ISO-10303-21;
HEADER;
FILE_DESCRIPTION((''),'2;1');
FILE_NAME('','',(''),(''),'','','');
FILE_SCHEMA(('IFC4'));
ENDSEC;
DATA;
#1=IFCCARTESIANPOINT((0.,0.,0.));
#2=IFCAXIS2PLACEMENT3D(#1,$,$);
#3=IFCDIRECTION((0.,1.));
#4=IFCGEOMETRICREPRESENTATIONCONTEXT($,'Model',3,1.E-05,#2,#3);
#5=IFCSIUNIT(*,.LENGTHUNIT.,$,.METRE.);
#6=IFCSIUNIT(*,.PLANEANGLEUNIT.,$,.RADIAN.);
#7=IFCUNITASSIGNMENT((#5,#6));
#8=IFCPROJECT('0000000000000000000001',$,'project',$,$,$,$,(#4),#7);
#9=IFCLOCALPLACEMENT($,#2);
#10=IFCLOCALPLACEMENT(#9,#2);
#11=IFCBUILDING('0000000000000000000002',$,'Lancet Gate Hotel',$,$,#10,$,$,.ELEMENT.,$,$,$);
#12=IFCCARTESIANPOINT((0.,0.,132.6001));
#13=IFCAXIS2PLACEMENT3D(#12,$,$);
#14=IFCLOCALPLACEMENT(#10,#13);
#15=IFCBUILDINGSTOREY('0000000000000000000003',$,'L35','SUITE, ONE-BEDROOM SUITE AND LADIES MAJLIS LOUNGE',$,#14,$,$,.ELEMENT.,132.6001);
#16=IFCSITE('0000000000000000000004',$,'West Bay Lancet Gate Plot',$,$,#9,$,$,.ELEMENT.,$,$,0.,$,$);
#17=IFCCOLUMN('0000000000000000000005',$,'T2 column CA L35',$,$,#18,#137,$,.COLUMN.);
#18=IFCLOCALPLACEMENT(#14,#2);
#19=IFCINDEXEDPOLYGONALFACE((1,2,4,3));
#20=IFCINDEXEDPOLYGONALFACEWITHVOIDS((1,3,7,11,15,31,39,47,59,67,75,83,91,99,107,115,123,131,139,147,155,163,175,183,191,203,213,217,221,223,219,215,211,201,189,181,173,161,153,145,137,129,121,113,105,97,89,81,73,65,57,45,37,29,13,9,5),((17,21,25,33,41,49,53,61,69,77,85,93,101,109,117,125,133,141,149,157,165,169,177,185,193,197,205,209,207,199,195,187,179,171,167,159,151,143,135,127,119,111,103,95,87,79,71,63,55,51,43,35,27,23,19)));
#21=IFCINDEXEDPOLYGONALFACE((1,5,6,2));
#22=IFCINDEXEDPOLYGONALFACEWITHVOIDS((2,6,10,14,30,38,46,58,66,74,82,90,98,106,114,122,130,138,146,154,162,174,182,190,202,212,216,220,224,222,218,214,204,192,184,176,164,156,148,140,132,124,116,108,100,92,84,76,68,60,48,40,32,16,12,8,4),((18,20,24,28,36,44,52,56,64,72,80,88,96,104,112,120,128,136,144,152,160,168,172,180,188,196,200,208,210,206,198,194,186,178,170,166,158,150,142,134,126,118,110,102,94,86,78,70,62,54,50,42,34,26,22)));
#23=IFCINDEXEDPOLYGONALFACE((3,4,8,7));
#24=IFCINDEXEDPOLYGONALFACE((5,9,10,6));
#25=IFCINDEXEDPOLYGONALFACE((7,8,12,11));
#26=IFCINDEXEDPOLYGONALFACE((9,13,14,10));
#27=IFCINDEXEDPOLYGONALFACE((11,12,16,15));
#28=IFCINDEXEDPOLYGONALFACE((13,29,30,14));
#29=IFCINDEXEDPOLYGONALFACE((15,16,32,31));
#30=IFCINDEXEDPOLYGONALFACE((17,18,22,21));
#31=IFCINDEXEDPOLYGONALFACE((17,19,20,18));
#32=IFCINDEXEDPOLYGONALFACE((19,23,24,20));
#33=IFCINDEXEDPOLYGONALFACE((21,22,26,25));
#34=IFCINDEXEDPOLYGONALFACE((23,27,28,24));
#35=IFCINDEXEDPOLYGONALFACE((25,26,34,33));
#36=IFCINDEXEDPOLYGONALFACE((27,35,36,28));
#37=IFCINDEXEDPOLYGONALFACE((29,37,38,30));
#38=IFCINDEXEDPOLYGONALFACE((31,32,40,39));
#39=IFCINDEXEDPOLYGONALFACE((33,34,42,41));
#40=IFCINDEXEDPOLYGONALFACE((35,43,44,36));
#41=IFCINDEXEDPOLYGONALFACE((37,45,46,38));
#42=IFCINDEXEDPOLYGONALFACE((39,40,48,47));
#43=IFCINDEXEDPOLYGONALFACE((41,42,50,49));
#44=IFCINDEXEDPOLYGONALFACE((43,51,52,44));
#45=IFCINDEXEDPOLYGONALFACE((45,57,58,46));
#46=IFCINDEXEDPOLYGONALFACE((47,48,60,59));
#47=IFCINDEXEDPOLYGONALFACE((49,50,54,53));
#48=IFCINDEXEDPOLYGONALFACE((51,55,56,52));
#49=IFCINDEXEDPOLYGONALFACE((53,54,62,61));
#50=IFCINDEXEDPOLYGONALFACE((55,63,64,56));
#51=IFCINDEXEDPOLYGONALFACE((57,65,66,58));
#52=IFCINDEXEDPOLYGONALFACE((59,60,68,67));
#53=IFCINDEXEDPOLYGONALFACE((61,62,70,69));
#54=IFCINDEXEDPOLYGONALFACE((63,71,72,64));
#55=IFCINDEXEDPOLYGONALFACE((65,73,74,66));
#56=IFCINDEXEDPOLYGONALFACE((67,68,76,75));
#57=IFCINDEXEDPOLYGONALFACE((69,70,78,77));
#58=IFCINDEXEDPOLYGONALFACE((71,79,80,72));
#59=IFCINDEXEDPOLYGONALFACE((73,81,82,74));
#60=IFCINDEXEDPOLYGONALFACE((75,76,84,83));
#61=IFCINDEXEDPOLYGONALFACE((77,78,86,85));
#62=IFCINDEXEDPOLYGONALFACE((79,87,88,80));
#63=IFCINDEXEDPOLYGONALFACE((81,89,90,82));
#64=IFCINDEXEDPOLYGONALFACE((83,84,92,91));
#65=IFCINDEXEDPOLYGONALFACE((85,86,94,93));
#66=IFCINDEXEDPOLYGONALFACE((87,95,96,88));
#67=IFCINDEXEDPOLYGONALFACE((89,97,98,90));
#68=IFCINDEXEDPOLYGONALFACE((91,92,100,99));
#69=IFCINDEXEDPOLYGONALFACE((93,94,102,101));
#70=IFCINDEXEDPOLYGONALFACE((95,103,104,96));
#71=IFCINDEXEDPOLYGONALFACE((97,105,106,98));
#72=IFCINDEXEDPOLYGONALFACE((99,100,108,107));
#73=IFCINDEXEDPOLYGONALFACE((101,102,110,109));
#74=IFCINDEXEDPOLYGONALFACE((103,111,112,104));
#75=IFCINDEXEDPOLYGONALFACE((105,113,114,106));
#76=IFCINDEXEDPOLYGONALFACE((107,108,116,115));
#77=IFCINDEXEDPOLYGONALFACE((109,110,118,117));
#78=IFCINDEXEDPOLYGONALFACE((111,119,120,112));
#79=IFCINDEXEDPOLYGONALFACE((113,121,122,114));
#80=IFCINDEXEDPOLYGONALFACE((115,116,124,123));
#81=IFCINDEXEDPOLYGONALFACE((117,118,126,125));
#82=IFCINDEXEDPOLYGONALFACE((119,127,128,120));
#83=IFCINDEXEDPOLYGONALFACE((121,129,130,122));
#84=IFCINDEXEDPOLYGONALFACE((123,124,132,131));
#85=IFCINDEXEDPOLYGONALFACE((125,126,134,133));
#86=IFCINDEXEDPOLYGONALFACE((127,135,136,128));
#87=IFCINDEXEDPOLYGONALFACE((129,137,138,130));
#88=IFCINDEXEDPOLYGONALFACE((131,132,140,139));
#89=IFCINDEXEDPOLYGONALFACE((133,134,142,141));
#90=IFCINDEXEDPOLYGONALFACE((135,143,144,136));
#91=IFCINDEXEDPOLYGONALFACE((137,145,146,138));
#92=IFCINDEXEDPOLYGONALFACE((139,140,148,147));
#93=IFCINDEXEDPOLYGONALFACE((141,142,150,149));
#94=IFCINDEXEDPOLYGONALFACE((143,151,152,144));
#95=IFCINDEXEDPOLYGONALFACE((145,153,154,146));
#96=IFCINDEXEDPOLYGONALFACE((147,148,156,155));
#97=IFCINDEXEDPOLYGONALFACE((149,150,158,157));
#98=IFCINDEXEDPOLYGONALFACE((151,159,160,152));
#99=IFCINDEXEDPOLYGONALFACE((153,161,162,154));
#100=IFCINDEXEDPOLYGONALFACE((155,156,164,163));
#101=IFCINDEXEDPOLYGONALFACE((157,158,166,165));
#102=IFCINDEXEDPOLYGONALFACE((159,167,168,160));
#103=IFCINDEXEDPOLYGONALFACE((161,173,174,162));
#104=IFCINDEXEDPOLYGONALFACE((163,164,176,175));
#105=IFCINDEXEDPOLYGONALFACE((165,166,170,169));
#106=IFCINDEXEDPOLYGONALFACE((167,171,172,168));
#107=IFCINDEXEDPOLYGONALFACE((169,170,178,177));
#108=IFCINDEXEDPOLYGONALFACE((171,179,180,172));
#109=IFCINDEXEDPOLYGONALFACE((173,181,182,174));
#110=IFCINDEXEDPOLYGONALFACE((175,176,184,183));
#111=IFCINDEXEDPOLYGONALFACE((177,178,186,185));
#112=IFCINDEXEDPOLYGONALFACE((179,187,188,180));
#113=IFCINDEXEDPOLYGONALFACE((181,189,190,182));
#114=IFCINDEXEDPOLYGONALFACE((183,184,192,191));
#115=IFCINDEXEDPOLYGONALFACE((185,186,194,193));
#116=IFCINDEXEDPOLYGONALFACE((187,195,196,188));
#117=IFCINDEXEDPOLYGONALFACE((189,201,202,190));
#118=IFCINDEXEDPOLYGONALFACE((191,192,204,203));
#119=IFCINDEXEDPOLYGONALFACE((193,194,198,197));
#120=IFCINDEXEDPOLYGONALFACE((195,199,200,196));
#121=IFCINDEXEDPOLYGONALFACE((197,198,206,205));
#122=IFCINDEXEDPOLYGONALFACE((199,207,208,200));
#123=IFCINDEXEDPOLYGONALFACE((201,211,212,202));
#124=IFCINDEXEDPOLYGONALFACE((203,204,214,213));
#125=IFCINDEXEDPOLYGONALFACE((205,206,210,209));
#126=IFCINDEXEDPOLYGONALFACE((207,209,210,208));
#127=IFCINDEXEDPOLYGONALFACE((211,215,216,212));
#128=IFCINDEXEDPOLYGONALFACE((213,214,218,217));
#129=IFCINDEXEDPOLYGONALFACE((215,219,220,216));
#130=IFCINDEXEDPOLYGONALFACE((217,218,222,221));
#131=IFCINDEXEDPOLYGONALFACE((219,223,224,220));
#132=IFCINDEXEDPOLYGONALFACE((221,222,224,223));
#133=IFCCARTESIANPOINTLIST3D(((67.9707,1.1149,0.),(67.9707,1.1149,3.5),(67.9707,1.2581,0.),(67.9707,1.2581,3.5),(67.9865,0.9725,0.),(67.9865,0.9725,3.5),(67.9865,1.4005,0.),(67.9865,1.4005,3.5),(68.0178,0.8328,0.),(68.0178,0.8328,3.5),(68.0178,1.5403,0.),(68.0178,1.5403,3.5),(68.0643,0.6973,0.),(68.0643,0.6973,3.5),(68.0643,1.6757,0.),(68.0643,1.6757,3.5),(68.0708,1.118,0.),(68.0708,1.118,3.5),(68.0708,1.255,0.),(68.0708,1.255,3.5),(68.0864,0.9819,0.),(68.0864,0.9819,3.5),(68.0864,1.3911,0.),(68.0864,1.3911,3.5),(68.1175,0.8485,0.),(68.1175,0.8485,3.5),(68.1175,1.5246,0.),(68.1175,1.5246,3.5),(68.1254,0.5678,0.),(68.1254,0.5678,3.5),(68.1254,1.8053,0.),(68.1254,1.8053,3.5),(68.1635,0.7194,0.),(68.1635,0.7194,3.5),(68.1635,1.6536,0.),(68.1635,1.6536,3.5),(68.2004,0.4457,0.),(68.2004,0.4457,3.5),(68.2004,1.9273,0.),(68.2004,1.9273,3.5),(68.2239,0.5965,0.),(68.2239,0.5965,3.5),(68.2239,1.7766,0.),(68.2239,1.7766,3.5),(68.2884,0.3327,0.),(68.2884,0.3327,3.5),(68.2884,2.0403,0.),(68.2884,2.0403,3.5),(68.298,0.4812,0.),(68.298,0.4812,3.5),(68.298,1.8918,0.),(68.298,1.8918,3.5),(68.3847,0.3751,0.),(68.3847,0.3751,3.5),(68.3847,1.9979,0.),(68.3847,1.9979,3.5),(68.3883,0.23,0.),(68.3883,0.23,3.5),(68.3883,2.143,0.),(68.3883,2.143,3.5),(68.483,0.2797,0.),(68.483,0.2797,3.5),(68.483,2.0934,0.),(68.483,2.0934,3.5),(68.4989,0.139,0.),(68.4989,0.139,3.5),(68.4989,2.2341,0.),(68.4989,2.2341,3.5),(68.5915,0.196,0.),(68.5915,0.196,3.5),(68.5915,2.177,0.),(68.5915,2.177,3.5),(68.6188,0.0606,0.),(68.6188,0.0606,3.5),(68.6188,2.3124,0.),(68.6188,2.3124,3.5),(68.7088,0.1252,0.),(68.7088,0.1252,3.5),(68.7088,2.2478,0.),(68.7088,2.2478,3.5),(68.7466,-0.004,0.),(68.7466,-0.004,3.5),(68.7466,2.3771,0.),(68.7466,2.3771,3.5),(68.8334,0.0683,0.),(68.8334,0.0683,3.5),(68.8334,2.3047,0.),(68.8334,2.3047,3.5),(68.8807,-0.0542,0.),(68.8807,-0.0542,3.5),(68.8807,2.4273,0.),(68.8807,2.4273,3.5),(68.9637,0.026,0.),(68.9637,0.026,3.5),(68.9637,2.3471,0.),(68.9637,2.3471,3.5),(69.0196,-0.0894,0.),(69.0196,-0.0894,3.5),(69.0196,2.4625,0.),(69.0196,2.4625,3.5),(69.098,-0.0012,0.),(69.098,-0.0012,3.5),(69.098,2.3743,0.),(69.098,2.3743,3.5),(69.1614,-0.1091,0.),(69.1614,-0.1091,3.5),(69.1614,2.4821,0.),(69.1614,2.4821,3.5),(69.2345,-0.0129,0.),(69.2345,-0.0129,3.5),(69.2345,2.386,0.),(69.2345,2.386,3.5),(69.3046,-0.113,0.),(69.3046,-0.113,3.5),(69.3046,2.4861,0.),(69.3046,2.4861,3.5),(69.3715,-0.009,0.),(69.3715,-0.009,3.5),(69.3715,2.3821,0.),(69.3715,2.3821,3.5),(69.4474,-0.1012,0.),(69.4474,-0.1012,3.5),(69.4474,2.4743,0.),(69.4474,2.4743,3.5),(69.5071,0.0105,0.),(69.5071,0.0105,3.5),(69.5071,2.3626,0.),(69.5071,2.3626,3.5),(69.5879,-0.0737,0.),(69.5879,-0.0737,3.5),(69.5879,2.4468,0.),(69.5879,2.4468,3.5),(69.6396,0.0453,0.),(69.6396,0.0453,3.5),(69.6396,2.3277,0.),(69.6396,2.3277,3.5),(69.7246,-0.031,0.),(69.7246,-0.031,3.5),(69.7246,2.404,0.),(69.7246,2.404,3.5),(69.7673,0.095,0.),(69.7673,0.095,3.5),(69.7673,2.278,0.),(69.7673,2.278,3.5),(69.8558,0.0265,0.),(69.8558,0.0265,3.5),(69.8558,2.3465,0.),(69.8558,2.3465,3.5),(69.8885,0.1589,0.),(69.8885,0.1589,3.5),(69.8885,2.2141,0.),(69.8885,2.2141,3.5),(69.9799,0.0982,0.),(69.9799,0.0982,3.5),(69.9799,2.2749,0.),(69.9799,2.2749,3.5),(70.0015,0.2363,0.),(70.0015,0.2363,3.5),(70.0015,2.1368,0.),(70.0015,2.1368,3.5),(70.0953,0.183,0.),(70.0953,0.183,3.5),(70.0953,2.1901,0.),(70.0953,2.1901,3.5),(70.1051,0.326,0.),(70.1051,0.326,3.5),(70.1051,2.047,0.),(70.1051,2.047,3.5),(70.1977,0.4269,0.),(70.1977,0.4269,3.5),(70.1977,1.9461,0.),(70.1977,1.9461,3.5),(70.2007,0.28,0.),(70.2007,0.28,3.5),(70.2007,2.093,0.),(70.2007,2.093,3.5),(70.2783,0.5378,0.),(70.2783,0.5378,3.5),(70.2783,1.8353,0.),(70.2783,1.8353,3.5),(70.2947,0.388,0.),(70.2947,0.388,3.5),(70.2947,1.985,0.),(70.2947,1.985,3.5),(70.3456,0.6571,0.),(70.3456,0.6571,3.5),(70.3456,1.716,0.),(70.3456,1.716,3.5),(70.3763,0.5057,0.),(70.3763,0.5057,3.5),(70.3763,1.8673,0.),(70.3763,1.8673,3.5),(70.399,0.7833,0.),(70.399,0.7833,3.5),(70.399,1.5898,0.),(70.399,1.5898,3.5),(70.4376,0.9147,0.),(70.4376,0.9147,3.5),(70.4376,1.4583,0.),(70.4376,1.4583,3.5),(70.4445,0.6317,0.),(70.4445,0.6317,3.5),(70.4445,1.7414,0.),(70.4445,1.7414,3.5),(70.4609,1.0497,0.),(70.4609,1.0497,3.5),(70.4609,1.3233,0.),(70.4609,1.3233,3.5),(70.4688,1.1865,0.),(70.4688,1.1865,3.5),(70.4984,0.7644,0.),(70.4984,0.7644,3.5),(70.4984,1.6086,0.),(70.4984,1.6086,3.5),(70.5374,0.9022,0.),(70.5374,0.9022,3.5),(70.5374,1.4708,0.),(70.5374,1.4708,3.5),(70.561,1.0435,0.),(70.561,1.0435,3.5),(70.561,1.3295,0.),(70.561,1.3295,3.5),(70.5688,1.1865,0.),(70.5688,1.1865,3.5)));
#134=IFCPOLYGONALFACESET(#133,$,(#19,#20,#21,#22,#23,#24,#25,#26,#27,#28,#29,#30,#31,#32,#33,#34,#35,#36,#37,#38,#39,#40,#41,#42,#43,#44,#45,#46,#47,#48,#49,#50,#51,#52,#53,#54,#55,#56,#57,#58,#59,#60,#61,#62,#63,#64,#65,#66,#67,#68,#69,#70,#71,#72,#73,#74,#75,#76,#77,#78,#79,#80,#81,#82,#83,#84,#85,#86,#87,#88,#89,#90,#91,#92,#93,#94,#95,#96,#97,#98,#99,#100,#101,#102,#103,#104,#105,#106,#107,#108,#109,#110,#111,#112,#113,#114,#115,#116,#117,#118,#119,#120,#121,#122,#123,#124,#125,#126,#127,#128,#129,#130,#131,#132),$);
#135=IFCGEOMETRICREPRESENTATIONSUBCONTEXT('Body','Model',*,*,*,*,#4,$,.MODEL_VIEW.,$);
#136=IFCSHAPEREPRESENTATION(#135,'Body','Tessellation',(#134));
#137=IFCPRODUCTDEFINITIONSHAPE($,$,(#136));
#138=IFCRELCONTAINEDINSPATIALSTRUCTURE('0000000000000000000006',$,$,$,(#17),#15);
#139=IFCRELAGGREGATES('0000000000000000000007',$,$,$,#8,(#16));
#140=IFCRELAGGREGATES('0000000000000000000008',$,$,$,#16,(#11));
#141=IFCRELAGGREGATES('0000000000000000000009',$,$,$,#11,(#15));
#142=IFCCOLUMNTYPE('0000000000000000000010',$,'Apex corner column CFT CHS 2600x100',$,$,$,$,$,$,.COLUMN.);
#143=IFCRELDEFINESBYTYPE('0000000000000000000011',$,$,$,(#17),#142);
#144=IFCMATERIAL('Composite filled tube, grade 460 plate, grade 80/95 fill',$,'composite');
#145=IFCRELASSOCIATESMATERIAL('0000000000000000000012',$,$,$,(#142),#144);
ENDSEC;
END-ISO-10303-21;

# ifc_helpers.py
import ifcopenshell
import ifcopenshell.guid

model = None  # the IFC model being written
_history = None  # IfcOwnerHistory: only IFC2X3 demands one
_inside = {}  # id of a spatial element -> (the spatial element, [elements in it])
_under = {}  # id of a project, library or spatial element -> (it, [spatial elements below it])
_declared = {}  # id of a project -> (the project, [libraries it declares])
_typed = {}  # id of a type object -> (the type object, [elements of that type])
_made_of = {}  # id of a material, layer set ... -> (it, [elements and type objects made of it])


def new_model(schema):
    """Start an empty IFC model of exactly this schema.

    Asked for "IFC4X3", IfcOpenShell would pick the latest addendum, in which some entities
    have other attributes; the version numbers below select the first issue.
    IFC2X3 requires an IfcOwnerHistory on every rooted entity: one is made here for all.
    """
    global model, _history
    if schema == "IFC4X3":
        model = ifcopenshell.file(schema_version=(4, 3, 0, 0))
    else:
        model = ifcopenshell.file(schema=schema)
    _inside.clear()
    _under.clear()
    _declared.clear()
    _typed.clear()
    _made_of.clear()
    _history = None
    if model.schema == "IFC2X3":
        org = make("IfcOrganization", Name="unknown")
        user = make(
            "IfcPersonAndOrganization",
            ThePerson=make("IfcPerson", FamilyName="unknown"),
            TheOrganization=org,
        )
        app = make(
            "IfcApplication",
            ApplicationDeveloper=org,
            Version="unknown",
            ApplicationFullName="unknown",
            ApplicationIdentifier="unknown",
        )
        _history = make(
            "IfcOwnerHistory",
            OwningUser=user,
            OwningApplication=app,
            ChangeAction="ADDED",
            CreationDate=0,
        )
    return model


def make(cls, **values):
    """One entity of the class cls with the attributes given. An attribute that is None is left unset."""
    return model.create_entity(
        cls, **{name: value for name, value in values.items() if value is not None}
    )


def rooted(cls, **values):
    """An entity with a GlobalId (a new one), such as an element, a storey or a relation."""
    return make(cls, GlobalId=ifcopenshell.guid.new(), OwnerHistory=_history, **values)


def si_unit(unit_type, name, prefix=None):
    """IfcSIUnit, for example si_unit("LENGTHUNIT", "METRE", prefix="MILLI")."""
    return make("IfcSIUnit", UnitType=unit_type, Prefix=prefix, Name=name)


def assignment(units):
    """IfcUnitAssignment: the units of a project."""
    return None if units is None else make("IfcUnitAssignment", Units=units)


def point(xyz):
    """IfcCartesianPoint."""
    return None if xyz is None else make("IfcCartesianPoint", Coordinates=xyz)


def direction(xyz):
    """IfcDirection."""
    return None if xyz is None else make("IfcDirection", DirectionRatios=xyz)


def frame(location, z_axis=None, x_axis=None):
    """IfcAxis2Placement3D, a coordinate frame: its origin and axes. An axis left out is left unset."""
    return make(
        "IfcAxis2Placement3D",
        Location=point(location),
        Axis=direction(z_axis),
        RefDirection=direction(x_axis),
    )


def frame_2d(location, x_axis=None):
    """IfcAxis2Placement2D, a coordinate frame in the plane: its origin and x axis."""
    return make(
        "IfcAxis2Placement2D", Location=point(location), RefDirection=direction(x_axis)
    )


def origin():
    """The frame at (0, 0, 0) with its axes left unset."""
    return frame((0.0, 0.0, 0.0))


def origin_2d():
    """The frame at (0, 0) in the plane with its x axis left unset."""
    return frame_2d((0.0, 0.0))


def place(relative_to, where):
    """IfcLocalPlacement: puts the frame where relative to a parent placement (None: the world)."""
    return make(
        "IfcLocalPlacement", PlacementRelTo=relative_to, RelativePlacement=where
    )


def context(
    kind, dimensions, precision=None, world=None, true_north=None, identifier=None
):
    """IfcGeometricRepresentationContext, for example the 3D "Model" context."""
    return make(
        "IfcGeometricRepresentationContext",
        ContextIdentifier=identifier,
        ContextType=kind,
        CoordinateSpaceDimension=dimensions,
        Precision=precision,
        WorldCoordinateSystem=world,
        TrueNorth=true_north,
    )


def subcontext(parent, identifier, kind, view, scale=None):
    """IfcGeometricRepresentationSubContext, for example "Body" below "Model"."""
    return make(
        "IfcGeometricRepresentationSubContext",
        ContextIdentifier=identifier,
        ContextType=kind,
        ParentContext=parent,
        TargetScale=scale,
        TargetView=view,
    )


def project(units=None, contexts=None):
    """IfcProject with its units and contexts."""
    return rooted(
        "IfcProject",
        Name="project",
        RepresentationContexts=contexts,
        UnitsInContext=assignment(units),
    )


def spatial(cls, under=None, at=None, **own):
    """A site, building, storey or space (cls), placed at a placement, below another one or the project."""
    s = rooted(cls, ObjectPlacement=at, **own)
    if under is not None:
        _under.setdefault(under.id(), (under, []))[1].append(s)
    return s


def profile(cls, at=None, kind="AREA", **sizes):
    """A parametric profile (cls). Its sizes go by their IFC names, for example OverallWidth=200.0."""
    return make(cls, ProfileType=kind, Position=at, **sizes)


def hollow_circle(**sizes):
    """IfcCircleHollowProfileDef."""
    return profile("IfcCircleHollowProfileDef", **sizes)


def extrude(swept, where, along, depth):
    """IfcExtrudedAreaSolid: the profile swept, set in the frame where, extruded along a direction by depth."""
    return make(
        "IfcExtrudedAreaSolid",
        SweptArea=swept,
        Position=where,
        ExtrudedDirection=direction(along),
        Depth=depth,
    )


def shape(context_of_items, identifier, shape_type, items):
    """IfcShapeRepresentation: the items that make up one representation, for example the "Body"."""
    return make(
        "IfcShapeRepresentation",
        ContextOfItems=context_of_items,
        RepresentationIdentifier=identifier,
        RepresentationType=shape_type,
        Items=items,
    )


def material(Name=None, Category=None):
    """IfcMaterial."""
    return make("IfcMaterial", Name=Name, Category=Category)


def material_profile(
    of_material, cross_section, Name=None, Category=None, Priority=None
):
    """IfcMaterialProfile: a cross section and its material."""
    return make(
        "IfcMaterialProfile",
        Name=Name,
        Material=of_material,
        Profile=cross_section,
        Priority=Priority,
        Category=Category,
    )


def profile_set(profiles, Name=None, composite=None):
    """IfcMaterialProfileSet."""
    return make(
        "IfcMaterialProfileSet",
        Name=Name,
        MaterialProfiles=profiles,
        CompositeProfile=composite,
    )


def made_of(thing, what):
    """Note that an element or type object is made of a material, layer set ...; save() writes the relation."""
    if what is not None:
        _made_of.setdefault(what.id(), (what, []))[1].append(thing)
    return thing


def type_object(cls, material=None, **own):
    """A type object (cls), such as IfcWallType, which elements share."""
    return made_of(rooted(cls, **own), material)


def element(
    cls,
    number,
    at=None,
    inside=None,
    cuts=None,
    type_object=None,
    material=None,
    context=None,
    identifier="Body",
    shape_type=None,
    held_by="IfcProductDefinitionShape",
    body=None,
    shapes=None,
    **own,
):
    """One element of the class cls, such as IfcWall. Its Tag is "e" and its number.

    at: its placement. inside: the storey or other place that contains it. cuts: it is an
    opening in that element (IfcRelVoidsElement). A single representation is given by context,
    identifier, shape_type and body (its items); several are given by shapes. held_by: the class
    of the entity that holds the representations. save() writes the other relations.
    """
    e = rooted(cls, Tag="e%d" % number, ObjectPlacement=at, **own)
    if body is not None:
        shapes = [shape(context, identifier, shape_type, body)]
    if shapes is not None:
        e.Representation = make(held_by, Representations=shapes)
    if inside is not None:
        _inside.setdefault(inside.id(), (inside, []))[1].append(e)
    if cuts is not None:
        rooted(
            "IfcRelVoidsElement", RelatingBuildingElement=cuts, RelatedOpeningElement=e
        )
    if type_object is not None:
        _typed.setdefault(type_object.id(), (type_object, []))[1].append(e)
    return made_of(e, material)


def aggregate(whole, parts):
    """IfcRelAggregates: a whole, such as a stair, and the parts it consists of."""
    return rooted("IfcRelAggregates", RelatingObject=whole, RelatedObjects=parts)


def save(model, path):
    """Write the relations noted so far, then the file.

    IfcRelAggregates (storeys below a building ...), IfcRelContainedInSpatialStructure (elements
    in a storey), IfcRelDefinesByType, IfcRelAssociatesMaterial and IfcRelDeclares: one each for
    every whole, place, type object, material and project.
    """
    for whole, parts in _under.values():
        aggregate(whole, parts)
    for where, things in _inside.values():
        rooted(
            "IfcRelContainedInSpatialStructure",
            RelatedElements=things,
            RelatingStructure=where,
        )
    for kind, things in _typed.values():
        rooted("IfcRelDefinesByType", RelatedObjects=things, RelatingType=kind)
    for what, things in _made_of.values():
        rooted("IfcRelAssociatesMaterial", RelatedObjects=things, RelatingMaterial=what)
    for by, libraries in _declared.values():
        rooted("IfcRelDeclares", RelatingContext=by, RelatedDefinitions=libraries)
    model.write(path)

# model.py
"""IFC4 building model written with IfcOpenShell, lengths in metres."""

from ifc_helpers import new_model, si_unit, direction, frame, origin, origin_2d, place, context, subcontext, project, spatial, hollow_circle, extrude, material, material_profile, profile_set, type_object, element, save


model = new_model("IFC4")

# Units and contexts
model_context = context("Model", 3, precision=1e-05, world=origin(), true_north=direction((0.0, 1.0)))
body_context = subcontext(model_context, "Body", "Model", "MODEL_VIEW")
ifc_project = project(units=[si_unit("LENGTHUNIT", "METRE"), si_unit("PLANEANGLEUNIT", "RADIAN")], contexts=[model_context])

# Site, building, storey
site_placement = place(None, origin())
site = spatial("IfcSite", under=ifc_project, at=site_placement, Name="West Bay Lancet Gate Plot", CompositionType="ELEMENT", RefElevation=0.0)
building_placement = place(site_placement, origin())
building = spatial("IfcBuilding", under=site, at=building_placement, Name="Lancet Gate Hotel", CompositionType="ELEMENT")
storey_placement = place(building_placement, frame((0.0, 0.0, 132.6001)))
storey = spatial("IfcBuildingStorey", under=building, at=storey_placement, Name="L35", Description="SUITE, ONE-BEDROOM SUITE AND LADIES MAJLIS LOUNGE", CompositionType="ELEMENT", Elevation=132.6001)

# Column
ifc_material_1 = material(Name="Composite filled tube, grade 460 plate, grade 80/95 fill", Category="composite")
ifc_material_profile_1 = material_profile(ifc_material_1, hollow_circle(Radius=1.3, WallThickness=0.1001, at=origin_2d()), Name="CHS 2600x100")
ifc_profile_set_1 = profile_set([ifc_material_profile_1], Name="Composite filled tube, grade 460 plate, grade 80/95 fill")
column_type_1 = type_object("IfcColumnType", Name="Apex corner column CFT CHS 2600x100", PredefinedType="COLUMN", material=ifc_profile_set_1)
column_1_placement = place(storey_placement, frame((69.2688, 1.1865, 0.0), z_axis=(0.0, 0.0, 1.0), x_axis=(1.0, 0.0, 0.0)))
element("IfcColumn", 1, at=column_1_placement, inside=storey, type_object=column_type_1, Name="T2 column CA L35", PredefinedType="COLUMN", context=body_context, shape_type="SweptSolid", body=[
    extrude(hollow_circle(Radius=1.3, WallThickness=0.1001, at=origin_2d()), origin(), (0.0, 0.0, 1.0), 3.5),
])

save(model, "model.ifc")
